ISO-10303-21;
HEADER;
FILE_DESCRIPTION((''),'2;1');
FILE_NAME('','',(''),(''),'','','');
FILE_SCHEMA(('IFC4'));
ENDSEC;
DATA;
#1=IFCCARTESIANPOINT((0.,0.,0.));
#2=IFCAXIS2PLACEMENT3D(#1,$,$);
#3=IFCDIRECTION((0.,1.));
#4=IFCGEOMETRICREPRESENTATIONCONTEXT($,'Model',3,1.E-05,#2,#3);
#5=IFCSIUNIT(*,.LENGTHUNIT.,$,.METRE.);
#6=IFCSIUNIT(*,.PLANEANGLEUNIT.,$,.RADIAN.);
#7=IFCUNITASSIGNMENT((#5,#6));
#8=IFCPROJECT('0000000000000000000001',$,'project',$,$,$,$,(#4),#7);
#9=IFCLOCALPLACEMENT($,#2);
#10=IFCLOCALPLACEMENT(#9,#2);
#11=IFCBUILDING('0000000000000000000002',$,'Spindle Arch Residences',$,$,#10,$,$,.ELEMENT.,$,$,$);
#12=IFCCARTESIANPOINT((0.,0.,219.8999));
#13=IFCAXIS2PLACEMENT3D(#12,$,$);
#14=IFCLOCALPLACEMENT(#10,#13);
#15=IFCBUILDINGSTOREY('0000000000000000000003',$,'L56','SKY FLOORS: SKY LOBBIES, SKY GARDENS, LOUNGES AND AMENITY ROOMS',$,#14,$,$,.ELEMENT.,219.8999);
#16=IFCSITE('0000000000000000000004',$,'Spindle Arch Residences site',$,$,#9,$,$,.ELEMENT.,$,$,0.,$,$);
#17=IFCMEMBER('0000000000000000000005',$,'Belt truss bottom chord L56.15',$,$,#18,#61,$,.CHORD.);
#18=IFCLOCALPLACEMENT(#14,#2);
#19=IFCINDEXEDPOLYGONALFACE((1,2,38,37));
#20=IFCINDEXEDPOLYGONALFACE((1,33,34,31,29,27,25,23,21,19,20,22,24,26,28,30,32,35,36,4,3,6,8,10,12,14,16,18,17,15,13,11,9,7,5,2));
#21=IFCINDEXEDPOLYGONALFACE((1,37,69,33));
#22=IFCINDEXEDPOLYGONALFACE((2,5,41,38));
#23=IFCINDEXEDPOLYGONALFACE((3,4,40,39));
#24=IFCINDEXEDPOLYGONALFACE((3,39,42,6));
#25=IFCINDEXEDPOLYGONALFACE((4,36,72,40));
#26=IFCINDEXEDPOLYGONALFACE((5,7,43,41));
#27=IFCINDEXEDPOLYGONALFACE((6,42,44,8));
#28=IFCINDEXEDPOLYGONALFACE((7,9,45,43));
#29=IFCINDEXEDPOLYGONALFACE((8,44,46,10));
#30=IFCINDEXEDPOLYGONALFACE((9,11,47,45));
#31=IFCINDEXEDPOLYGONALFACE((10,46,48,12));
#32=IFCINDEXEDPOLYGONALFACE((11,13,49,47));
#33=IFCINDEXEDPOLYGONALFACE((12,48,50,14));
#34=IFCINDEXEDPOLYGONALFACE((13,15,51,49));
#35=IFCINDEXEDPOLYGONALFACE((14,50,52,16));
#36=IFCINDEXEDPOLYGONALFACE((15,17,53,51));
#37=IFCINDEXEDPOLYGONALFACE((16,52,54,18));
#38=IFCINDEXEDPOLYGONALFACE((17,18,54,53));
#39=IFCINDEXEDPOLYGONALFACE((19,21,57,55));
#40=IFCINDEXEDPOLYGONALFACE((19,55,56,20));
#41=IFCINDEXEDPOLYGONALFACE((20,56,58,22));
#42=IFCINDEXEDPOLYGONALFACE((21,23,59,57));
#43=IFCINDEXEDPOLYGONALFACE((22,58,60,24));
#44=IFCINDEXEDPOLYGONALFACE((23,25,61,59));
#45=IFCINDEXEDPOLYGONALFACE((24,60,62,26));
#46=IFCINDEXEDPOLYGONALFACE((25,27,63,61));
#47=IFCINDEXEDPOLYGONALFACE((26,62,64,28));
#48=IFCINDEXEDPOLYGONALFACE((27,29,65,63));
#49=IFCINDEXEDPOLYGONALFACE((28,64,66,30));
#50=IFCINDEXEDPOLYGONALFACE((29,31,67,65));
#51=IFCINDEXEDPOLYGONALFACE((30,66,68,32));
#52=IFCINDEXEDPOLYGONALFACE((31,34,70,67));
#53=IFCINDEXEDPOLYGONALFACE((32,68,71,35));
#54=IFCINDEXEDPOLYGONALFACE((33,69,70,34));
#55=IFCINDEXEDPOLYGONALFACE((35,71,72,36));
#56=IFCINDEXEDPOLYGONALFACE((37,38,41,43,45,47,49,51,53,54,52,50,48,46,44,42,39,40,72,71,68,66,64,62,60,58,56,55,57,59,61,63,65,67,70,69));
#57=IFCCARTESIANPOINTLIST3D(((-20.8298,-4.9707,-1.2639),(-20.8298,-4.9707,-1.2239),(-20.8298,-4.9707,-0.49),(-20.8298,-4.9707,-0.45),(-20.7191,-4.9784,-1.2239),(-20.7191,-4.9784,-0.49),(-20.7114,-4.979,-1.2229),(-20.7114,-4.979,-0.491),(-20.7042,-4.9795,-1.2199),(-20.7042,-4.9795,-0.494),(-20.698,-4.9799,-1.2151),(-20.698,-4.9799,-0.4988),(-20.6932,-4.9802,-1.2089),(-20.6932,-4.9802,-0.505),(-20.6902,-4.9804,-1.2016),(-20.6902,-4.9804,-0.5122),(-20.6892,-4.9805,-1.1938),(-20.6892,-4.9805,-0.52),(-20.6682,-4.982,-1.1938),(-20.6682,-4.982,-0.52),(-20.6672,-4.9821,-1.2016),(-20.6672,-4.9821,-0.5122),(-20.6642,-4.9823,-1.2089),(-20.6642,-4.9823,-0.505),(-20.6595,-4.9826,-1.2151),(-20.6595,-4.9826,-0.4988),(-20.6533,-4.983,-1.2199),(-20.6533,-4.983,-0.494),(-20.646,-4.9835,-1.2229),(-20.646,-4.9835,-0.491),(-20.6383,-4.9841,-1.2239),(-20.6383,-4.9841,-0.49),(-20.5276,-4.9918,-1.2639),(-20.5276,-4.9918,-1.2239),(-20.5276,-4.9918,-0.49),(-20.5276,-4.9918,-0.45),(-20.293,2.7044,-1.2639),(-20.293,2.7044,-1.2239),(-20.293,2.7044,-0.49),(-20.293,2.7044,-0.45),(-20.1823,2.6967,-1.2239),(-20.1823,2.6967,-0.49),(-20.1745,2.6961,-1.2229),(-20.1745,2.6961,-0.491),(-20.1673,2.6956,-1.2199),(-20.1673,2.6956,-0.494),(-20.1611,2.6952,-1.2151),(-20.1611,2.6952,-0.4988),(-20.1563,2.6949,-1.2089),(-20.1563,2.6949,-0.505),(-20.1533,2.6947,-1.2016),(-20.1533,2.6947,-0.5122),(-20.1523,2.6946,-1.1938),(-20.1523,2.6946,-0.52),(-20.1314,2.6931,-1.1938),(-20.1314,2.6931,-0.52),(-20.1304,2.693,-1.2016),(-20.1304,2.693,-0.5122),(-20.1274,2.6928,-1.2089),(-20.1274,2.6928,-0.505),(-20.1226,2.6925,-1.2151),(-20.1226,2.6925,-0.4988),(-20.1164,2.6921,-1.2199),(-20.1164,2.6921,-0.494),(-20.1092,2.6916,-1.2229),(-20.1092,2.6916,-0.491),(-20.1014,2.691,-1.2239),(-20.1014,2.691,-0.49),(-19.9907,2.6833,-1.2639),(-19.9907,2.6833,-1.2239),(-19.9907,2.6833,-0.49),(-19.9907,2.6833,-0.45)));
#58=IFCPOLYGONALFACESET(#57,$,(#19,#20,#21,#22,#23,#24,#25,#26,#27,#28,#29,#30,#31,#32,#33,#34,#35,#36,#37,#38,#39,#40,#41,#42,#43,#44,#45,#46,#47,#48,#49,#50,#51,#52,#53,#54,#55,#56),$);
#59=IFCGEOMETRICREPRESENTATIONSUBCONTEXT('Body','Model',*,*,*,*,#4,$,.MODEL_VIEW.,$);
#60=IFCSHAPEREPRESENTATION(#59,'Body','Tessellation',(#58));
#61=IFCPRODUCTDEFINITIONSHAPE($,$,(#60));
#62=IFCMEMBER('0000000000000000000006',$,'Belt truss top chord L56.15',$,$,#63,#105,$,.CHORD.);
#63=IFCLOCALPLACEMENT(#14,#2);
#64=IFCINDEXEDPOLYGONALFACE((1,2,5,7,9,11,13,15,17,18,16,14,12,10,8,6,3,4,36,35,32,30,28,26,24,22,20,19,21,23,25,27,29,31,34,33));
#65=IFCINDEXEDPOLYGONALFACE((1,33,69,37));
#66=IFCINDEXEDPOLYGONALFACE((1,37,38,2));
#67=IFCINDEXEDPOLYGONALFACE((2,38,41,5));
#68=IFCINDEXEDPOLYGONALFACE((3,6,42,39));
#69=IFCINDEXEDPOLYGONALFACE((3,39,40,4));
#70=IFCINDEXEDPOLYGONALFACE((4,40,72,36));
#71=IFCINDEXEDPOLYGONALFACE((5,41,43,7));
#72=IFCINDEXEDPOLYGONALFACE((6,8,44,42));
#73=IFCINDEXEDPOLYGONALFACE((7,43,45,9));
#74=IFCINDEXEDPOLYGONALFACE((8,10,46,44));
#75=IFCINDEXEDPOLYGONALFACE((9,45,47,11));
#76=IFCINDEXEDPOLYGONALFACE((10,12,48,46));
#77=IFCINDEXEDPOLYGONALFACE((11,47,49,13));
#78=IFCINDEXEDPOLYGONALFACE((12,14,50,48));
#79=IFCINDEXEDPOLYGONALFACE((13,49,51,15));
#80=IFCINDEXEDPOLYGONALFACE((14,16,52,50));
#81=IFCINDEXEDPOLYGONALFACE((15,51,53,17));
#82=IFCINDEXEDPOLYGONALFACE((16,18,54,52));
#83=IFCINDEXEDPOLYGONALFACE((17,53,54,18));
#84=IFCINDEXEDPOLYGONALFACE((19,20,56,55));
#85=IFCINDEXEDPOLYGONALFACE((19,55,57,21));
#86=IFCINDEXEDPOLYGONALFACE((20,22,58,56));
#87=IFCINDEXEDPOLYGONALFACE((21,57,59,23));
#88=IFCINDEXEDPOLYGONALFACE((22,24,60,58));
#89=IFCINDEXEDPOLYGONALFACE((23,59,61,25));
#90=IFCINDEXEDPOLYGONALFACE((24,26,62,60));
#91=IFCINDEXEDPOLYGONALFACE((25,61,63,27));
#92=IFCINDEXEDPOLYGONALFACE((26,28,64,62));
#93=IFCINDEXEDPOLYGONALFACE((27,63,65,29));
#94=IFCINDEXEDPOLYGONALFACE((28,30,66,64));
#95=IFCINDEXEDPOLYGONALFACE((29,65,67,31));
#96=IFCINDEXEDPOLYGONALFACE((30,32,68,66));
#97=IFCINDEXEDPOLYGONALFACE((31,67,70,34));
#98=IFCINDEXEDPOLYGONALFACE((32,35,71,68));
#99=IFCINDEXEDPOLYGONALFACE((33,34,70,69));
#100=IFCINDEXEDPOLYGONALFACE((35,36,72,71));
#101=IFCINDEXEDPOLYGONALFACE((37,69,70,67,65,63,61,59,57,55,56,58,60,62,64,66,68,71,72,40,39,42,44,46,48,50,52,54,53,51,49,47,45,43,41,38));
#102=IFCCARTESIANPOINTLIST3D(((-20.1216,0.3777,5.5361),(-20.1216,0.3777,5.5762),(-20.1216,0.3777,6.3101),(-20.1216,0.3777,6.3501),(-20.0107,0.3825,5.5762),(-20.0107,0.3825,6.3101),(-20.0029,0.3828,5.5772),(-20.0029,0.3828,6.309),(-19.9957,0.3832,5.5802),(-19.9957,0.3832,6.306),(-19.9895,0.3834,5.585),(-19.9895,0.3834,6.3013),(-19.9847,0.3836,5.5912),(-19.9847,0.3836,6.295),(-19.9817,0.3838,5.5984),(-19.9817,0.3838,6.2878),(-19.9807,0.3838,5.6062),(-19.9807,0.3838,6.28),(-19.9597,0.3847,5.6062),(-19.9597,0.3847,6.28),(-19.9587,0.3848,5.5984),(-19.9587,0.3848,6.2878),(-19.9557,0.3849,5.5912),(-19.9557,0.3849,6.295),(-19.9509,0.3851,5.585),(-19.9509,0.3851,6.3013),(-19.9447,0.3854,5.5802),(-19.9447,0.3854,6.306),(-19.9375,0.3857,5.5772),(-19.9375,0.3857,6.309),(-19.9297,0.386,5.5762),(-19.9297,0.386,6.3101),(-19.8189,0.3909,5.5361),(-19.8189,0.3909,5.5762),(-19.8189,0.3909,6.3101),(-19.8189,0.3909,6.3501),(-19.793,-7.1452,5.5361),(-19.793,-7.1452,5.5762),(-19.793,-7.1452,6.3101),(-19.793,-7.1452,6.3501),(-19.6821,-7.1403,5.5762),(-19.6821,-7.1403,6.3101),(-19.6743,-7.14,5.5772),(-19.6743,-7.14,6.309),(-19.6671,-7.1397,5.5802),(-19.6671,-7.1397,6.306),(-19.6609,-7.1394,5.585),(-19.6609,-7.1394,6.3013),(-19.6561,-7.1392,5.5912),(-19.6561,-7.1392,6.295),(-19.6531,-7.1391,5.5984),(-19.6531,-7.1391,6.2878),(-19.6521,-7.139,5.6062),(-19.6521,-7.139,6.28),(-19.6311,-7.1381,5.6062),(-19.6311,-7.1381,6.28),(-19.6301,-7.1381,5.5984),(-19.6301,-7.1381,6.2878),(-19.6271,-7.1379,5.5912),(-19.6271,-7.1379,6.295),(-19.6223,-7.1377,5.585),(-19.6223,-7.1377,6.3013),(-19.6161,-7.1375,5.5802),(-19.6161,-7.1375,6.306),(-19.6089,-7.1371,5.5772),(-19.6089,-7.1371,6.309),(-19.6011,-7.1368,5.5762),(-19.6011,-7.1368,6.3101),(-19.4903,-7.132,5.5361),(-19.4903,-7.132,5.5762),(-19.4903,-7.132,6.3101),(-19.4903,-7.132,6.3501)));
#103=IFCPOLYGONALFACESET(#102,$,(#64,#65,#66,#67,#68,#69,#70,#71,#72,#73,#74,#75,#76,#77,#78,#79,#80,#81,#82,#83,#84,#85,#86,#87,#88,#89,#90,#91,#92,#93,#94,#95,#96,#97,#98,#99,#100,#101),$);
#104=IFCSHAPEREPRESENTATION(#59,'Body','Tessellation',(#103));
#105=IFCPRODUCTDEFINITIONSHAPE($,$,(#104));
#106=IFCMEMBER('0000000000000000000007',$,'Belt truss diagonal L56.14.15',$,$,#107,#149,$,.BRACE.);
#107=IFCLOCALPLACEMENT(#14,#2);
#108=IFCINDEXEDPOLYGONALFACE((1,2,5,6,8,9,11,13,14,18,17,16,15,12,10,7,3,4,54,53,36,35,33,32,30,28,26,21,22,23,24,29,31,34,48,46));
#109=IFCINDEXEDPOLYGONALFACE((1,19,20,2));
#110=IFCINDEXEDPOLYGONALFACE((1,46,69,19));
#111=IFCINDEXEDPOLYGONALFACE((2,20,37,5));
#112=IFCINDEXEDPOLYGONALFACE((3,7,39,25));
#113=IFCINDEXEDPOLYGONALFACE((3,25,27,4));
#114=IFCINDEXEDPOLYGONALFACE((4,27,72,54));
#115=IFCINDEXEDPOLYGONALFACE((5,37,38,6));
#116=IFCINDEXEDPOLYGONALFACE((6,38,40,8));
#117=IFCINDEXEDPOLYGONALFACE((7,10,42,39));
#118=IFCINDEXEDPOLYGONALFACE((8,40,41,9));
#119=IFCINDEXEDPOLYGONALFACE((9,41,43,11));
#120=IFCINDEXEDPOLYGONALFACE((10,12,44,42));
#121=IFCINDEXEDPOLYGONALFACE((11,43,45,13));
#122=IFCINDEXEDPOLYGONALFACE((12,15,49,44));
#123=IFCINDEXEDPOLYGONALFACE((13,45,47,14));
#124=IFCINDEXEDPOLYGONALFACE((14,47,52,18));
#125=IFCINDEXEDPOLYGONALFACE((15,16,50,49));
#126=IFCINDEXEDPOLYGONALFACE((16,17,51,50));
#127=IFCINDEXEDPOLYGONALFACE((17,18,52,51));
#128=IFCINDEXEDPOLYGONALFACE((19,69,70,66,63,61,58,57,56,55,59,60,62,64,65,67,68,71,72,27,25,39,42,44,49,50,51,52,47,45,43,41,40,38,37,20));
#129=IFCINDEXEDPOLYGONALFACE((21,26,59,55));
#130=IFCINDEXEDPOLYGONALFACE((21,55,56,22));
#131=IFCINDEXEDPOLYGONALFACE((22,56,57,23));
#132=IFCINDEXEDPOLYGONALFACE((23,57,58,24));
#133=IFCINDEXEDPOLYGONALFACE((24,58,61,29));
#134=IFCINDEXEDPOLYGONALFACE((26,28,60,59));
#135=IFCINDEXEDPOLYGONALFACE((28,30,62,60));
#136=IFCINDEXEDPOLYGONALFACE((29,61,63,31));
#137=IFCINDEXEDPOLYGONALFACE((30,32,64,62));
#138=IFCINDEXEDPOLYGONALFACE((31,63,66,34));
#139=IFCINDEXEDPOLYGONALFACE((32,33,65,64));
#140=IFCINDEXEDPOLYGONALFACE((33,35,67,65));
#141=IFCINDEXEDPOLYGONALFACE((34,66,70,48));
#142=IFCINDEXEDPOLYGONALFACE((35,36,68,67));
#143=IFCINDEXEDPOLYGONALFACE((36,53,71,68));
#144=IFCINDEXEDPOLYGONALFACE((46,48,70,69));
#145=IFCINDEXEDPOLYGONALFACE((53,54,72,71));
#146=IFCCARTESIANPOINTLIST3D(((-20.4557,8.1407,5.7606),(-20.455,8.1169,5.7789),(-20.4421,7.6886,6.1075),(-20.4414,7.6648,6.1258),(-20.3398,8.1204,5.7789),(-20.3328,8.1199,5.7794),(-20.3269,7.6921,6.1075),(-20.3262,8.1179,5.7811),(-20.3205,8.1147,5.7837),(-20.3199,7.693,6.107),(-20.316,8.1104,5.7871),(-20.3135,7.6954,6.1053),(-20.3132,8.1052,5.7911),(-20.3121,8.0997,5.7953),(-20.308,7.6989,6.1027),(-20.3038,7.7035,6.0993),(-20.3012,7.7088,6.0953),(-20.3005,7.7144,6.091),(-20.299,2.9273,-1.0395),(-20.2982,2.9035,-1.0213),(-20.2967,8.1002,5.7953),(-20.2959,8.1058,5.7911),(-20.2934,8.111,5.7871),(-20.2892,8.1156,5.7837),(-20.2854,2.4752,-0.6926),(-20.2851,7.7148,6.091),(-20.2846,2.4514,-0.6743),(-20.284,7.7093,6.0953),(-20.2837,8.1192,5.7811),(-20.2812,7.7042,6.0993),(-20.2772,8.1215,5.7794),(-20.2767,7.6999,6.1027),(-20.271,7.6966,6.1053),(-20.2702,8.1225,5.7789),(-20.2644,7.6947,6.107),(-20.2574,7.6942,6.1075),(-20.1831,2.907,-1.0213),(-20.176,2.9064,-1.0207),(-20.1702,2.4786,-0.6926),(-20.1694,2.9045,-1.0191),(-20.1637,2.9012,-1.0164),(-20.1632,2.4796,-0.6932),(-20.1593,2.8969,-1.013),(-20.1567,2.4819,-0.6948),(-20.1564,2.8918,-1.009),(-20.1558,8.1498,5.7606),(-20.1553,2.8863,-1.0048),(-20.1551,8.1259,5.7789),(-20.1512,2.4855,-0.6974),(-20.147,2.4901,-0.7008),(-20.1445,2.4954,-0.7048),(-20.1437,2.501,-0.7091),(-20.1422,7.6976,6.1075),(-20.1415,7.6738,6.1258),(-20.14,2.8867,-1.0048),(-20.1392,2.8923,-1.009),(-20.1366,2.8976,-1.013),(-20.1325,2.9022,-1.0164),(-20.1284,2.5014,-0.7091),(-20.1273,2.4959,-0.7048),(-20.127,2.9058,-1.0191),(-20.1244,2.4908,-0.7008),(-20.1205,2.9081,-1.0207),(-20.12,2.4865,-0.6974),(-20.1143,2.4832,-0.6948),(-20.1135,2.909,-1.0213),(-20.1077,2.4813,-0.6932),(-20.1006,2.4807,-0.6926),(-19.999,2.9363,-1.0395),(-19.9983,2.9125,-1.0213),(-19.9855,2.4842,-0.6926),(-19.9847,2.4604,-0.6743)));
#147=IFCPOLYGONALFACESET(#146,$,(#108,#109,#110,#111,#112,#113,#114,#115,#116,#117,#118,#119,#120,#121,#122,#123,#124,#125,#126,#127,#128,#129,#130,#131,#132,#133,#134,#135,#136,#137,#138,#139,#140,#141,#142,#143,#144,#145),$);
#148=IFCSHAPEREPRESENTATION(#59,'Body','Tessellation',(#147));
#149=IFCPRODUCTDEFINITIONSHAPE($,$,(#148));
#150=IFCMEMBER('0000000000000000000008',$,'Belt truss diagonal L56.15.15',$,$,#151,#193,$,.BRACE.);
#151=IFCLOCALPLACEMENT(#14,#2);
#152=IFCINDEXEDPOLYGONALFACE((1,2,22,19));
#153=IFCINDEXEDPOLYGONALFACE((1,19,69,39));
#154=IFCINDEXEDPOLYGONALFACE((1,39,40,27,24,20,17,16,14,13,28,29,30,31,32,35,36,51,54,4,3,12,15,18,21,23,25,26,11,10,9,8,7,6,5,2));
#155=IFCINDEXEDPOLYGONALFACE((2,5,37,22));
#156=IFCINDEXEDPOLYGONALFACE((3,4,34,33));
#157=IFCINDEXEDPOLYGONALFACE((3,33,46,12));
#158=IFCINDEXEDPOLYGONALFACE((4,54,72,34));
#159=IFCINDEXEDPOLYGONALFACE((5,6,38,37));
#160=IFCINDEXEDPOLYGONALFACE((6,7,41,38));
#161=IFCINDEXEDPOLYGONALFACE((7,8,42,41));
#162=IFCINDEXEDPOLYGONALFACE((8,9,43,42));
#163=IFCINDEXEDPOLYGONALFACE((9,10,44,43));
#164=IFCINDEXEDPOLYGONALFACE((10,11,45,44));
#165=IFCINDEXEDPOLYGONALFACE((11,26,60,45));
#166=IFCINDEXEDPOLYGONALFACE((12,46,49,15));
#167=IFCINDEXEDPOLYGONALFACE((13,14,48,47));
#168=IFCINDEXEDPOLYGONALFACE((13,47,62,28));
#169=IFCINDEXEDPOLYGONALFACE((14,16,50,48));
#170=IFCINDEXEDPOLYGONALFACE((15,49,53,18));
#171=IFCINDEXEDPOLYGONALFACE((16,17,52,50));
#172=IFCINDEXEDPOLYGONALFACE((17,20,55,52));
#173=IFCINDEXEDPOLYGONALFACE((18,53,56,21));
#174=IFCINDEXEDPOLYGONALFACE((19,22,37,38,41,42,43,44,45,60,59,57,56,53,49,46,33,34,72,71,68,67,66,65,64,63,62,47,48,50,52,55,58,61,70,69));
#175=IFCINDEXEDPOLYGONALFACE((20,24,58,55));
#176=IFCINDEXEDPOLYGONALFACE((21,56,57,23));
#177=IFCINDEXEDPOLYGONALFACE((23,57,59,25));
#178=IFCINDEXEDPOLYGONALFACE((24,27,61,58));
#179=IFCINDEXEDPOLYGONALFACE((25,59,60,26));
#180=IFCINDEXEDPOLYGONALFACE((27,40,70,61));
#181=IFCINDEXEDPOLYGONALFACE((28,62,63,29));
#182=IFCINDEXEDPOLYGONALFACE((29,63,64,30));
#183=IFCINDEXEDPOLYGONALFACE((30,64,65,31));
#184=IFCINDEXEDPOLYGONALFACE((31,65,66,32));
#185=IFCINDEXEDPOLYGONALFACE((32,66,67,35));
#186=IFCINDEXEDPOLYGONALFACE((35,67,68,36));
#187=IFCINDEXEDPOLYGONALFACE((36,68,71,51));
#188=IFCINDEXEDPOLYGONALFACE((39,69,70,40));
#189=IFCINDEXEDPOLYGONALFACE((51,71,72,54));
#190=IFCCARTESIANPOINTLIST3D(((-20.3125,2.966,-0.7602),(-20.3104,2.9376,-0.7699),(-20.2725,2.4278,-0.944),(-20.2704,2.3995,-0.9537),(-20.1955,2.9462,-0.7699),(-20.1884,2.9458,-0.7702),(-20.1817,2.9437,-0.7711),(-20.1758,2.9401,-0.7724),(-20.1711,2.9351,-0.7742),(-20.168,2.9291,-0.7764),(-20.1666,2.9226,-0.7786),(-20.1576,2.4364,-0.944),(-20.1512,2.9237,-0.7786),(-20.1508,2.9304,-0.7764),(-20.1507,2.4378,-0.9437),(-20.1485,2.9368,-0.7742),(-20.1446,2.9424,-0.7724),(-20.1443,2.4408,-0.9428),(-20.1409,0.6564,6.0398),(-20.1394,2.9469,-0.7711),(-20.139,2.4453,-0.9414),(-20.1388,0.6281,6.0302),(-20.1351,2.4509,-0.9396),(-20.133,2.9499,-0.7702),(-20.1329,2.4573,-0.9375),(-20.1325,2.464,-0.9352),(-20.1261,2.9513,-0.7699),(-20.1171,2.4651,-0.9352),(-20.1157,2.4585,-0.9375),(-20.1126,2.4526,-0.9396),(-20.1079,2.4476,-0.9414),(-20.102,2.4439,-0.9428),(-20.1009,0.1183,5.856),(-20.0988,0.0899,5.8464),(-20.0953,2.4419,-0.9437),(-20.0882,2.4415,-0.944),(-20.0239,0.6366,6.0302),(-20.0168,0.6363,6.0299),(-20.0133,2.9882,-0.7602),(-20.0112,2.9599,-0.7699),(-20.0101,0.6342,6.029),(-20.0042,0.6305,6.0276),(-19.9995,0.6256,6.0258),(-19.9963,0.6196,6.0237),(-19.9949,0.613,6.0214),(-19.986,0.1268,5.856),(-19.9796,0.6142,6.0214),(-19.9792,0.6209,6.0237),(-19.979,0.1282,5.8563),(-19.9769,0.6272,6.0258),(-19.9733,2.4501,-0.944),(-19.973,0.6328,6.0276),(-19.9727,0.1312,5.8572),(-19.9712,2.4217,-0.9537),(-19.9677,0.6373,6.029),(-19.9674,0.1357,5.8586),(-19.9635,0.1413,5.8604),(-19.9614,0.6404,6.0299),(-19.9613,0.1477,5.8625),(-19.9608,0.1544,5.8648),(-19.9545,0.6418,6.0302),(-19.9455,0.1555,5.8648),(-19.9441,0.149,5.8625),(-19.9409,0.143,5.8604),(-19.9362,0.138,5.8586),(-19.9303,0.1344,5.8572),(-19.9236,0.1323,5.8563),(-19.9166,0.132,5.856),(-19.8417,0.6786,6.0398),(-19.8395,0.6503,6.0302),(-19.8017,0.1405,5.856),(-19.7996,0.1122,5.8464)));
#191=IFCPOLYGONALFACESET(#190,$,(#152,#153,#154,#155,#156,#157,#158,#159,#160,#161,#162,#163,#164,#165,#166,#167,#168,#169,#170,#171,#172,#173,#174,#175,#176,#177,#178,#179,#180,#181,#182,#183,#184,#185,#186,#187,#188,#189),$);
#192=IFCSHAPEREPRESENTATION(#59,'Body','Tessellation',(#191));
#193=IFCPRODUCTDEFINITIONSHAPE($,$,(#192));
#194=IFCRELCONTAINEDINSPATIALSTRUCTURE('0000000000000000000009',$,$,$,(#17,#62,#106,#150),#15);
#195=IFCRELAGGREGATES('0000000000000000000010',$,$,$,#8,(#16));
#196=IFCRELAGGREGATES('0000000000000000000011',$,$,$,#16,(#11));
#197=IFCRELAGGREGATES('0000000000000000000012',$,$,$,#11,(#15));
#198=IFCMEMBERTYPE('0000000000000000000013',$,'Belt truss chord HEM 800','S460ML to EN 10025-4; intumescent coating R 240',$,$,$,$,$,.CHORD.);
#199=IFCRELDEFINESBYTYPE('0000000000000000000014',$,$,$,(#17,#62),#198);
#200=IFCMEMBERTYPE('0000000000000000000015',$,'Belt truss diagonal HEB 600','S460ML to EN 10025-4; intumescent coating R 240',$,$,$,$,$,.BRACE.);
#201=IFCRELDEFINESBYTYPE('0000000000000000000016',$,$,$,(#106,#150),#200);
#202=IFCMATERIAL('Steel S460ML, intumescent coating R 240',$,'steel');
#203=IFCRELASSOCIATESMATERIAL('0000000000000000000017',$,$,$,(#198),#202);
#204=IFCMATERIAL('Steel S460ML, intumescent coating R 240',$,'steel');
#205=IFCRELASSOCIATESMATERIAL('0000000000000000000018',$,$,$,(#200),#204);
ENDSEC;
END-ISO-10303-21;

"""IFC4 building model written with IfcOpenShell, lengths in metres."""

from ifc_helpers import new_model, si_unit, direction, frame, origin, origin_2d, place, context, subcontext, project, spatial, i_section, extrude, material, material_profile, profile_set, type_object, element, save


model = new_model("IFC4")

# Units and contexts
model_context = context("Model", 3, precision=1e-05, world=origin(), true_north=direction((0.0, 1.0)))
body_context = subcontext(model_context, "Body", "Model", "MODEL_VIEW")
ifc_project = project(units=[si_unit("LENGTHUNIT", "METRE"), si_unit("PLANEANGLEUNIT", "RADIAN")], contexts=[model_context])

# Site, building, storey
site_placement = place(None, origin())
site = spatial("IfcSite", under=ifc_project, at=site_placement, Name="Spindle Arch Residences site", CompositionType="ELEMENT", RefElevation=0.0)
building_placement = place(site_placement, origin())
building = spatial("IfcBuilding", under=site, at=building_placement, Name="Spindle Arch Residences", CompositionType="ELEMENT")
storey_placement = place(building_placement, frame((0.0, 0.0, 219.8999)))
storey = spatial("IfcBuildingStorey", under=building, at=storey_placement, Name="L56", Description="SKY FLOORS: SKY LOBBIES, SKY GARDENS, LOUNGES AND AMENITY ROOMS", CompositionType="ELEMENT", Elevation=219.8999)

# Members
ifc_material_1 = material(Name="Steel S460ML, intumescent coating R 240", Category="steel")
ifc_material_profile_1 = material_profile(ifc_material_1, i_section(OverallWidth=0.303, OverallDepth=0.814, WebThickness=0.021, FlangeThickness=0.04, FilletRadius=0.03, at=origin_2d()), Name="HEM 800")
ifc_profile_set_1 = profile_set([ifc_material_profile_1], Name="Steel S460ML, intumescent coating R 240")
member_type_1 = type_object("IfcMemberType", Name="Belt truss chord HEM 800", Description="S460ML to EN 10025-4; intumescent coating R 240", PredefinedType="CHORD", material=ifc_profile_set_1)
member_1_placement = place(storey_placement, frame((-20.1418, 2.6938, -0.8569), z_axis=(-0.069779, -0.997562, 0.0), x_axis=(0.997562, -0.069779, 0.0)))
element("IfcMember", 1, at=member_1_placement, inside=storey, type_object=member_type_1, Name="Belt truss bottom chord L56.15", PredefinedType="CHORD", context=body_context, shape_type="SweptSolid", body=[
    extrude(i_section(OverallWidth=0.303, OverallDepth=0.814, WebThickness=0.021, FlangeThickness=0.04, FilletRadius=0.03, at=origin_2d()), origin(), (0.0, 0.0, 1.0), 7.6938),
])
member_2_placement = place(storey_placement, frame((-19.9702, 0.3843, 5.9431), z_axis=(0.04364, -0.999047, 0.0), x_axis=(0.999047, 0.04364, 0.0)))
element("IfcMember", 2, at=member_2_placement, inside=storey, type_object=member_type_1, Name="Belt truss top chord L56.15", PredefinedType="CHORD", context=body_context, shape_type="SweptSolid", body=[
    extrude(i_section(OverallWidth=0.303, OverallDepth=0.814, WebThickness=0.021, FlangeThickness=0.04, FilletRadius=0.03, at=origin_2d()), origin(), (0.0, 0.0, 1.0), 7.53),
])
ifc_material_2 = material(Name="Steel S460ML, intumescent coating R 240", Category="steel")
ifc_material_profile_2 = material_profile(ifc_material_2, i_section(OverallWidth=0.3, OverallDepth=0.6001, WebThickness=0.0154, FlangeThickness=0.03, FilletRadius=0.0271, at=origin_2d()), Name="HEB 600")
ifc_profile_set_2 = profile_set([ifc_material_profile_2], Name="Steel S460ML, intumescent coating R 240")
member_type_2 = type_object("IfcMemberType", Name="Belt truss diagonal HEB 600", Description="S460ML to EN 10025-4; intumescent coating R 240", PredefinedType="BRACE", material=ifc_profile_set_2)
member_3_placement = place(storey_placement, frame((-20.1418, 2.6938, -0.8569), z_axis=(-0.018289, 0.60833, 0.793473), x_axis=(-0.999548, -0.030051, 0.0)))
element("IfcMember", 3, at=member_3_placement, inside=storey, type_object=member_type_2, Name="Belt truss diagonal L56.14.15", PredefinedType="BRACE", context=body_context, shape_type="SweptSolid", body=[
    extrude(i_section(OverallWidth=0.3, OverallDepth=0.6001, WebThickness=0.0154, FlangeThickness=0.03, FilletRadius=0.0271, at=origin_2d()), origin(), (0.0, 0.0, 1.0), 8.5701),
])
member_4_placement = place(storey_placement, frame((-20.1418, 2.6938, -0.8569), z_axis=(0.023892, -0.321506, 0.946606), x_axis=(0.99725, 0.074109, 0.0)))
element("IfcMember", 4, at=member_4_placement, inside=storey, type_object=member_type_2, Name="Belt truss diagonal L56.15.15", PredefinedType="BRACE", context=body_context, shape_type="SweptSolid", body=[
    extrude(i_section(OverallWidth=0.3, OverallDepth=0.6001, WebThickness=0.0154, FlangeThickness=0.03, FilletRadius=0.0271, at=origin_2d()), origin(), (0.0, 0.0, 1.0), 7.1836),
])

save(model, "model.ifc")
